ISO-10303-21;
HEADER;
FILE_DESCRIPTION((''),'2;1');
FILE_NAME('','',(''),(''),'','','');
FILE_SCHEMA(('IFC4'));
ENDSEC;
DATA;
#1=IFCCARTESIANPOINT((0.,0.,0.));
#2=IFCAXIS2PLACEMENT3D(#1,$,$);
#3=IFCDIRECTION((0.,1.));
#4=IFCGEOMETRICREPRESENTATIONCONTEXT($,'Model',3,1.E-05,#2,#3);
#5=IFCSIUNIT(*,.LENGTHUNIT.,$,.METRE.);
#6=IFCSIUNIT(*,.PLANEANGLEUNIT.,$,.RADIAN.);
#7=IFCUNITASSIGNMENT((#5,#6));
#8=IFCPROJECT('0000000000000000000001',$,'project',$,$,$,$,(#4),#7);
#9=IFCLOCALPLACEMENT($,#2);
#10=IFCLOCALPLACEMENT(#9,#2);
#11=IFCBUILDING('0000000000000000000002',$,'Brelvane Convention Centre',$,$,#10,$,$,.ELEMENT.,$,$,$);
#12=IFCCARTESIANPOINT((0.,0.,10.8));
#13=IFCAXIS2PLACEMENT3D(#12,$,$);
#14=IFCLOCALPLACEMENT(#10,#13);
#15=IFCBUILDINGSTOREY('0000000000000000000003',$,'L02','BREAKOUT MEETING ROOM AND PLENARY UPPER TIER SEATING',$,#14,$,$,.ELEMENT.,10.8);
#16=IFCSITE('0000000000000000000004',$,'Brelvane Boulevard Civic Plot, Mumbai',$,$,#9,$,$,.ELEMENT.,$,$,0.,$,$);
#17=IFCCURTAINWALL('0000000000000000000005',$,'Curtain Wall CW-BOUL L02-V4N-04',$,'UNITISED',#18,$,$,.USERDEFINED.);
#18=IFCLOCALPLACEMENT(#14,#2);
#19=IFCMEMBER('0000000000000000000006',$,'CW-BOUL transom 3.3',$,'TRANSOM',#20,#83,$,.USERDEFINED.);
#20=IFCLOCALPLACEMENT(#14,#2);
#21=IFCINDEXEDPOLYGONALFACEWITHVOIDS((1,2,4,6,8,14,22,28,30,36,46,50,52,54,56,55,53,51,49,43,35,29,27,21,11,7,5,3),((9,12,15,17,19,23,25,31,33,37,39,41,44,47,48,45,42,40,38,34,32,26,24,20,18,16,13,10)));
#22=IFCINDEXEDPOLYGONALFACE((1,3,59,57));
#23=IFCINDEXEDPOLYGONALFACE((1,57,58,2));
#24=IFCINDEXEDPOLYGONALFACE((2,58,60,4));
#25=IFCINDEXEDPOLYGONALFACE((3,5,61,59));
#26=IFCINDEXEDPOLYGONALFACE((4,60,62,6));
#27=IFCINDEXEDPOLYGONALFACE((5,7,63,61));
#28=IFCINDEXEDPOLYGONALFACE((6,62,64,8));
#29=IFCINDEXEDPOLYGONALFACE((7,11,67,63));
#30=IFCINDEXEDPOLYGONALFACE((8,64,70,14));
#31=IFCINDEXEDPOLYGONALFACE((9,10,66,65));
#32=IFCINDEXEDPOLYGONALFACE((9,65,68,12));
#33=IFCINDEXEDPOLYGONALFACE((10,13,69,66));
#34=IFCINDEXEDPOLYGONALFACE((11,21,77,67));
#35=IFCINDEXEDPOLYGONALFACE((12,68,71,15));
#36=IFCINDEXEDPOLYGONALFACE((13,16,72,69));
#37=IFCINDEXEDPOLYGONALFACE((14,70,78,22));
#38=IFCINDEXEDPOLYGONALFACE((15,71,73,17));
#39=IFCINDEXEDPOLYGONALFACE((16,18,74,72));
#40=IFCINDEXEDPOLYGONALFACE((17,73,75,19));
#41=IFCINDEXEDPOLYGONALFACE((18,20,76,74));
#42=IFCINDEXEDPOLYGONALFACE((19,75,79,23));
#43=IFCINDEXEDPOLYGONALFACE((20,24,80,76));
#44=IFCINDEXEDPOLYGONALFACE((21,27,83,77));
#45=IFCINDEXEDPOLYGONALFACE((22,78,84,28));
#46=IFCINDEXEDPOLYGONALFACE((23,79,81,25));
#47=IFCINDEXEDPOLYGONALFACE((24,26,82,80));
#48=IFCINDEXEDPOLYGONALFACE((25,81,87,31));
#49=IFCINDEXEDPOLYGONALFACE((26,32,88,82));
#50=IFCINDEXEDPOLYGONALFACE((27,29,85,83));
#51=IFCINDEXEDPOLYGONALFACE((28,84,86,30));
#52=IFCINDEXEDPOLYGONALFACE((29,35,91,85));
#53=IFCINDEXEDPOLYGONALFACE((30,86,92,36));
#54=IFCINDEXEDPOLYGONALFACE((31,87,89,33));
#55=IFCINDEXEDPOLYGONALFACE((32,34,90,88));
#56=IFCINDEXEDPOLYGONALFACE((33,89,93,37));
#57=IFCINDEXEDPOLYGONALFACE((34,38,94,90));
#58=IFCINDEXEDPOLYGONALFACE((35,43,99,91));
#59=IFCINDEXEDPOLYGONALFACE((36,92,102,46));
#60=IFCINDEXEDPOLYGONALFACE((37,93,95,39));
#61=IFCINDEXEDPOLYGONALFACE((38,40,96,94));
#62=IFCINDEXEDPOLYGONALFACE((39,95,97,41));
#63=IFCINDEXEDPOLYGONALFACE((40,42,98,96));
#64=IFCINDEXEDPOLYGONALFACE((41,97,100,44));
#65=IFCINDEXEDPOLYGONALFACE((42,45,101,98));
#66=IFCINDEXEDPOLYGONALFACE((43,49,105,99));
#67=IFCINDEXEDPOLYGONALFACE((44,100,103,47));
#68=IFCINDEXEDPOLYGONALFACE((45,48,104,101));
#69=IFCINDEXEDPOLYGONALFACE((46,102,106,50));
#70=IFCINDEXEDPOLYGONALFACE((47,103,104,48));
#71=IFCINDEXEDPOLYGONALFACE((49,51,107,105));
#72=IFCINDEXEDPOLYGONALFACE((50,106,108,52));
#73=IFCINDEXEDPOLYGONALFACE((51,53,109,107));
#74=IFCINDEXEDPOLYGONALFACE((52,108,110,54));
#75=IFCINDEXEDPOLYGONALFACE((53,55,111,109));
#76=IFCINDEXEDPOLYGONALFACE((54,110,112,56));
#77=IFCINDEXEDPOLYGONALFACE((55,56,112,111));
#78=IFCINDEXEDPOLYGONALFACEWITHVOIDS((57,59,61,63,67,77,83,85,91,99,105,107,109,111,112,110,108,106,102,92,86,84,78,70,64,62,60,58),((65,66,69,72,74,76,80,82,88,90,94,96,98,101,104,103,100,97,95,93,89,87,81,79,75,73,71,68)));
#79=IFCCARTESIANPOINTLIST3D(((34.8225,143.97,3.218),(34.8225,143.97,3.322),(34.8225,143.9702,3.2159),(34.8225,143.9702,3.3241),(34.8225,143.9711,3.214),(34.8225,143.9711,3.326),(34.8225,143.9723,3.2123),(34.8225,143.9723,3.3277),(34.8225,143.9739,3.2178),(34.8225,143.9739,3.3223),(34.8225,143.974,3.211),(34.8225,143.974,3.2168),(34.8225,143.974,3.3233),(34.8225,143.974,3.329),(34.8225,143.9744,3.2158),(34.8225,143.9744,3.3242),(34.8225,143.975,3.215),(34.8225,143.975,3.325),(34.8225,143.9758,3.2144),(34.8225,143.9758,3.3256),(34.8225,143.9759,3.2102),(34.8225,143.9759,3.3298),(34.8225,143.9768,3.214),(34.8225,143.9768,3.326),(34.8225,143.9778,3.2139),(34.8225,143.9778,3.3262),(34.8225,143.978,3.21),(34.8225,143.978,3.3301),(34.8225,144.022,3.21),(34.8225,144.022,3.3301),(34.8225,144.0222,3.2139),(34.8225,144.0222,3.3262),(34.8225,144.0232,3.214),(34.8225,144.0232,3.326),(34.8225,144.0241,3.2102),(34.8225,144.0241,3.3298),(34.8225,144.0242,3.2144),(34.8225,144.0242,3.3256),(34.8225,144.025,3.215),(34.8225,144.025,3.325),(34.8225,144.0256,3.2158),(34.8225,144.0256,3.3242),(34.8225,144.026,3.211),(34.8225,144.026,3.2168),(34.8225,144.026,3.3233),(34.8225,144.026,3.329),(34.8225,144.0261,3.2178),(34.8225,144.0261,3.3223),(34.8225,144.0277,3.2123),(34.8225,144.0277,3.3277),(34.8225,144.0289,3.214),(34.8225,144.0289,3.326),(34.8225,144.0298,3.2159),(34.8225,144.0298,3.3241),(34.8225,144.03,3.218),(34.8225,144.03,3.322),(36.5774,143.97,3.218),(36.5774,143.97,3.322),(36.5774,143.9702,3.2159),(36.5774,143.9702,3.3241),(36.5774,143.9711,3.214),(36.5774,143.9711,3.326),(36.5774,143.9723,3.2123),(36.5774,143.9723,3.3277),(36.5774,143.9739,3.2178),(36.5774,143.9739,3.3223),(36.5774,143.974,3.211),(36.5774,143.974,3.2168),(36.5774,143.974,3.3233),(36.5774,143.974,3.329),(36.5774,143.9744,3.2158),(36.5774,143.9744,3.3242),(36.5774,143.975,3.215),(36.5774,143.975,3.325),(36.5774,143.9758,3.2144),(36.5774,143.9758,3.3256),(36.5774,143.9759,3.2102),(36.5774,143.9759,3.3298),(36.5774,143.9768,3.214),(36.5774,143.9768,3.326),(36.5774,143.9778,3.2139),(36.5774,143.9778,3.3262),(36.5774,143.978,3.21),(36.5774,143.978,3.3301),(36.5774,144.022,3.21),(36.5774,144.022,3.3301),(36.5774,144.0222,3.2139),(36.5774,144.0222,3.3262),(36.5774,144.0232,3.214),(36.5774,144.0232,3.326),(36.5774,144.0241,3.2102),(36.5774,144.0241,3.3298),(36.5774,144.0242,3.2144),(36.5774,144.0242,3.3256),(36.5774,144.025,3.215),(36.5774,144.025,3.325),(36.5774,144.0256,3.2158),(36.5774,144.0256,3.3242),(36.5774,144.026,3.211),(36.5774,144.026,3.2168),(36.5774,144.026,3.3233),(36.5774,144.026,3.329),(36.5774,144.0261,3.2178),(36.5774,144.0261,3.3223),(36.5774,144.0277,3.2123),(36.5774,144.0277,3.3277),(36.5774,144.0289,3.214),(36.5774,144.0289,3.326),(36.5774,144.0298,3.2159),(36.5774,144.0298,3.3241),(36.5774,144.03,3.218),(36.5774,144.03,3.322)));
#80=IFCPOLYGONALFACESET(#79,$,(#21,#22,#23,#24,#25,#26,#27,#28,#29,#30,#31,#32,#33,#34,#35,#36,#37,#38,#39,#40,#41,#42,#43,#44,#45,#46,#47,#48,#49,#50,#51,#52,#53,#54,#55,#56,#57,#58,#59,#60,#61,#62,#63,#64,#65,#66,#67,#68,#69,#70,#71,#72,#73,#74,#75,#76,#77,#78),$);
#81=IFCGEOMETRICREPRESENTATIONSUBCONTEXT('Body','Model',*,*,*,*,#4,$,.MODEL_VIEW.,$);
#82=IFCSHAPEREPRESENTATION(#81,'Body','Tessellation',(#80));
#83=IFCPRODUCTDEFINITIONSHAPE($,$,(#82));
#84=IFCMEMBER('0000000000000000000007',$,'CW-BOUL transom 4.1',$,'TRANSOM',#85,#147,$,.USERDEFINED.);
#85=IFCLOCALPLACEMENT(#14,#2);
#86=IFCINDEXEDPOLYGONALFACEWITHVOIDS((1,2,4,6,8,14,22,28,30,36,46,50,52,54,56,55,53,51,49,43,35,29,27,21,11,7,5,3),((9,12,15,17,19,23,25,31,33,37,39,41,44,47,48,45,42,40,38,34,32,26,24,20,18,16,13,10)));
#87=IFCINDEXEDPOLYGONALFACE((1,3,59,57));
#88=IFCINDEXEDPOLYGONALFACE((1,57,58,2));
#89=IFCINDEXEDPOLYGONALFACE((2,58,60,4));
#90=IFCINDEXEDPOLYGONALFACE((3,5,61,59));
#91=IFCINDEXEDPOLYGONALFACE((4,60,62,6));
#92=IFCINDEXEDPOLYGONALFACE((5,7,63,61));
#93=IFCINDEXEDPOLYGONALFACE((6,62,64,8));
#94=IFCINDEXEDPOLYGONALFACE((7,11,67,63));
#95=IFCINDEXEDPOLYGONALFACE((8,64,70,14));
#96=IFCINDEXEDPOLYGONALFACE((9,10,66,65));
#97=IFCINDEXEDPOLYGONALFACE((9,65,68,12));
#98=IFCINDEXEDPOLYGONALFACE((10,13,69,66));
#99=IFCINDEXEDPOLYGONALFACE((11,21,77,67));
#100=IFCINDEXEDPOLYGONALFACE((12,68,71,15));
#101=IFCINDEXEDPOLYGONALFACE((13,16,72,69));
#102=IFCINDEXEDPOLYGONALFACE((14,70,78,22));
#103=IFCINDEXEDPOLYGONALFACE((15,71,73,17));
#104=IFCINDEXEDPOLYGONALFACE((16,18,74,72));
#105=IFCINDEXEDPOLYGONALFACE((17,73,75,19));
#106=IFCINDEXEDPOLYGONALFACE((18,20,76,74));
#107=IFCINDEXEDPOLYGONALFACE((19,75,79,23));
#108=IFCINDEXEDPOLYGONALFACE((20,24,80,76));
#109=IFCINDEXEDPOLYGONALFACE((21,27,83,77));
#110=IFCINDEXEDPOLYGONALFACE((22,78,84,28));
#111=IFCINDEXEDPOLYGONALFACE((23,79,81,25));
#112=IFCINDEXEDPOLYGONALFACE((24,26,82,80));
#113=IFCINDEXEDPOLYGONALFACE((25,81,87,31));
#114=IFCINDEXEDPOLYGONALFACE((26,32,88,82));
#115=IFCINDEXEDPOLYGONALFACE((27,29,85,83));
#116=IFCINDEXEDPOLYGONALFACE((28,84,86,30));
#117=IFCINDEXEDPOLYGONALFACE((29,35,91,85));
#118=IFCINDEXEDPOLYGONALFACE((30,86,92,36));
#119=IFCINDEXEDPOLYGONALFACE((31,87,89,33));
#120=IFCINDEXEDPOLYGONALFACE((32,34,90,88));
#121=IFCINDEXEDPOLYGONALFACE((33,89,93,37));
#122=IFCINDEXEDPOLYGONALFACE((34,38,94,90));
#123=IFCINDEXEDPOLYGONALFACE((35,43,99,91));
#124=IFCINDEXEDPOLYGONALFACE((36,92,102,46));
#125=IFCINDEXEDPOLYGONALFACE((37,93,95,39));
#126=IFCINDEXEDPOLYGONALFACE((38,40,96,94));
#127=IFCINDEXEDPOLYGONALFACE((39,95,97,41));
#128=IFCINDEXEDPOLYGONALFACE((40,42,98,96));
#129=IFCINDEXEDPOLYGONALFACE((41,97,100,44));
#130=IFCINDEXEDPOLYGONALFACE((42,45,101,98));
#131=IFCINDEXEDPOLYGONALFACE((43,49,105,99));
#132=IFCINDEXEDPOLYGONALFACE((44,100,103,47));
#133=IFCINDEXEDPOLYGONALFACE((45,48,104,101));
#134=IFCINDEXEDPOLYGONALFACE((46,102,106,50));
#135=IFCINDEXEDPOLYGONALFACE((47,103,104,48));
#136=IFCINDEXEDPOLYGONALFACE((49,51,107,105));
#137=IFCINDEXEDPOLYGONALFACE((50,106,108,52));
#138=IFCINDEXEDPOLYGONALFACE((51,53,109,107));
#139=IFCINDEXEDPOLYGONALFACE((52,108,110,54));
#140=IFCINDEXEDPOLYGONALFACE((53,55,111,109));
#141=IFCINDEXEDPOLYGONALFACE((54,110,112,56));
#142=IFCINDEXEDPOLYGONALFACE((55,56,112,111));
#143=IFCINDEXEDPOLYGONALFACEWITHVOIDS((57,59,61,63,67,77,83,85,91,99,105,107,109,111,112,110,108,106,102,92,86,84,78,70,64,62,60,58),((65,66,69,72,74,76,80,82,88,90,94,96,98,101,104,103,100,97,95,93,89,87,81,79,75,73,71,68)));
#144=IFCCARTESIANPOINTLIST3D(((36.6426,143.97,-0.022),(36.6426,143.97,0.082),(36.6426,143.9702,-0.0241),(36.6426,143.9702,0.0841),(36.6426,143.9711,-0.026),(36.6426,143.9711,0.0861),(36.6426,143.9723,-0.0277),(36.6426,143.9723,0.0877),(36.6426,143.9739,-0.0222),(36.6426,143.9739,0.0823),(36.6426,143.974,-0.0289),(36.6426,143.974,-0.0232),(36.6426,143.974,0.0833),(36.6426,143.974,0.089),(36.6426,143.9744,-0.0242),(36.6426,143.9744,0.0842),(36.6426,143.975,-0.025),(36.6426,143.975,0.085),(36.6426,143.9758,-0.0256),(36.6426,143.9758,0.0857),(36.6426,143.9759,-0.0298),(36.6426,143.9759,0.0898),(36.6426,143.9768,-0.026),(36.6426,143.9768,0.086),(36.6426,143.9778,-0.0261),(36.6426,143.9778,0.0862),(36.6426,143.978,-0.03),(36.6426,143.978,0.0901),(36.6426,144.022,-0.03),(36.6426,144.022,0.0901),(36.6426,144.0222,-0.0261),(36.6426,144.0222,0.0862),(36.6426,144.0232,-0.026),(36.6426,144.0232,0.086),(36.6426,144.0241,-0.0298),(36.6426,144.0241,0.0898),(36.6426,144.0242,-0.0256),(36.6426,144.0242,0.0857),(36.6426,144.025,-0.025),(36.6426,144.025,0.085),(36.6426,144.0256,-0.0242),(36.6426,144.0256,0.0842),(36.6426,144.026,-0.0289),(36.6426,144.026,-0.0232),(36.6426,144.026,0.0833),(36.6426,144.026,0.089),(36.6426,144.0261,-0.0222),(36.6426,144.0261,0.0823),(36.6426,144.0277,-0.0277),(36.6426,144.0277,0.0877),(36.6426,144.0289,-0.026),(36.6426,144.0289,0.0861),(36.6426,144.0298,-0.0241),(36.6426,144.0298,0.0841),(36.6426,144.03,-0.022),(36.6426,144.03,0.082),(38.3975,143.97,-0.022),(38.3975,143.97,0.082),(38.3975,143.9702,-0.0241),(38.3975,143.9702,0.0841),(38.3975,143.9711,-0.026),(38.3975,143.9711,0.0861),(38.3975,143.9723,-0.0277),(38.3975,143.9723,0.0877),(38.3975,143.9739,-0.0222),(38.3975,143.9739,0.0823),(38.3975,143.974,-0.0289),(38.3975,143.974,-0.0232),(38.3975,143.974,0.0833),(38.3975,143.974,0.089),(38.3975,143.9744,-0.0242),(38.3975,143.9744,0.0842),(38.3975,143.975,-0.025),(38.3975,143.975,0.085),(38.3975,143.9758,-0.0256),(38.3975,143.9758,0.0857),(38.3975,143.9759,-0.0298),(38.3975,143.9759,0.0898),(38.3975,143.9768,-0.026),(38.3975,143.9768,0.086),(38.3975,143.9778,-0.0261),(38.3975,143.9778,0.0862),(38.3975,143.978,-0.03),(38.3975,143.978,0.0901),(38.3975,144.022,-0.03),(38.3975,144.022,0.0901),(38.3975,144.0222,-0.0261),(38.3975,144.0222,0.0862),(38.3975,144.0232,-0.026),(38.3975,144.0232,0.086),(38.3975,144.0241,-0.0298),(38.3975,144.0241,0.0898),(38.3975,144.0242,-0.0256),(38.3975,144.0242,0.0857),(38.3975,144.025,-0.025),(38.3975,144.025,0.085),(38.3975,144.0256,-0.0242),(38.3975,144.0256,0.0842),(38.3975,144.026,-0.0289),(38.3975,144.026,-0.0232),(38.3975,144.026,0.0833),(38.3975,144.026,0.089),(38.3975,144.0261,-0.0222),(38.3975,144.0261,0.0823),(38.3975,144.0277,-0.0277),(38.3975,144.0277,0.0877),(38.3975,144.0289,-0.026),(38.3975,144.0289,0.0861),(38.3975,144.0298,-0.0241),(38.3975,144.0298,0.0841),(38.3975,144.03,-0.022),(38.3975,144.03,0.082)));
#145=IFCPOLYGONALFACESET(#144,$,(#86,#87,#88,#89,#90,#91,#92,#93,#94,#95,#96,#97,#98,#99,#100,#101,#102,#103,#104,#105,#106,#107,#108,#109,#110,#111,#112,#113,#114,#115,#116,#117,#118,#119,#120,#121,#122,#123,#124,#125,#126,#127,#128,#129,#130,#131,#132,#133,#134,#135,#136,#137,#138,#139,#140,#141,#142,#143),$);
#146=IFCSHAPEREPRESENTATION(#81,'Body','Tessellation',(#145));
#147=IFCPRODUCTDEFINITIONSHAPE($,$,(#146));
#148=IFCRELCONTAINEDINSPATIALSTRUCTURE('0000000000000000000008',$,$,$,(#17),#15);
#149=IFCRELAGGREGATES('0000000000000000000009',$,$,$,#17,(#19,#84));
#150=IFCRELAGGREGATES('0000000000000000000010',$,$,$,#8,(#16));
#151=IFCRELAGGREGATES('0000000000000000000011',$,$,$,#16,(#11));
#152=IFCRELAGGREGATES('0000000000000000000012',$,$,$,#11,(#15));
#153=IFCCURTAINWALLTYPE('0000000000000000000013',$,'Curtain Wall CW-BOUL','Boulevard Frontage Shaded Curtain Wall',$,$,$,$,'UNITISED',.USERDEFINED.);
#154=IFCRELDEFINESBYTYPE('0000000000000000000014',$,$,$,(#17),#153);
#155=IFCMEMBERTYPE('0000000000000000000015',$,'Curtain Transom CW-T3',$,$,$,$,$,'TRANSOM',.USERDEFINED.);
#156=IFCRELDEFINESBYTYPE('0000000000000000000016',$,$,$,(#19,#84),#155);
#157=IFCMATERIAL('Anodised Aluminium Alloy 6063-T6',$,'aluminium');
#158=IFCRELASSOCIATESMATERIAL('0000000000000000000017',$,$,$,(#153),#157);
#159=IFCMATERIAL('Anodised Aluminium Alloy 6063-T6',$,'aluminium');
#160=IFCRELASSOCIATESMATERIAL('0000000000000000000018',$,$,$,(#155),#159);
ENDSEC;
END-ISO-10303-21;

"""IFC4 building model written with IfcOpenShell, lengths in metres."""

from ifc_helpers import new_model, si_unit, direction, frame, origin, origin_2d, place, context, subcontext, project, spatial, hollow_rectangle, extrude, material, material_profile, profile_set, type_object, element, aggregate, save


model = new_model("IFC4")

# Units and contexts
model_context = context("Model", 3, precision=1e-05, world=origin(), true_north=direction((0.0, 1.0)))
body_context = subcontext(model_context, "Body", "Model", "MODEL_VIEW")
ifc_project = project(units=[si_unit("LENGTHUNIT", "METRE"), si_unit("PLANEANGLEUNIT", "RADIAN")], contexts=[model_context])

# Site, building, storey
site_placement = place(None, origin())
site = spatial("IfcSite", under=ifc_project, at=site_placement, Name="Brelvane Boulevard Civic Plot, Mumbai", CompositionType="ELEMENT", RefElevation=0.0)
building_placement = place(site_placement, origin())
building = spatial("IfcBuilding", under=site, at=building_placement, Name="Brelvane Convention Centre", CompositionType="ELEMENT")
storey_placement = place(building_placement, frame((0.0, 0.0, 10.8)))
storey = spatial("IfcBuildingStorey", under=building, at=storey_placement, Name="L02", Description="BREAKOUT MEETING ROOM AND PLENARY UPPER TIER SEATING", CompositionType="ELEMENT", Elevation=10.8)

# Curtain wall, members
ifc_material_1 = material(Name="Anodised Aluminium Alloy 6063-T6", Category="aluminium")
curtain_wall_type = type_object("IfcCurtainWallType", Name="Curtain Wall CW-BOUL", Description="Boulevard Frontage Shaded Curtain Wall", ElementType="UNITISED", PredefinedType="USERDEFINED", material=ifc_material_1)
curtain_wall_placement = place(storey_placement, origin())
curtain_wall = element("IfcCurtainWall", 1, at=curtain_wall_placement, inside=storey, type_object=curtain_wall_type, Name="Curtain Wall CW-BOUL L02-V4N-04", ObjectType="UNITISED", PredefinedType="USERDEFINED")
ifc_material_2 = material(Name="Anodised Aluminium Alloy 6063-T6", Category="aluminium")
ifc_material_profile_1 = material_profile(ifc_material_2, hollow_rectangle(XDim=0.0601, YDim=0.1201, WallThickness=0.0039, InnerFilletRadius=0.0039, OuterFilletRadius=0.0081, at=origin_2d()), Name="ALU-T 120x60x4.0")
ifc_profile_set_1 = profile_set([ifc_material_profile_1], Name="Anodised Aluminium Alloy 6063-T6")
member_type_1 = type_object("IfcMemberType", Name="Curtain Transom CW-T3", ElementType="TRANSOM", PredefinedType="USERDEFINED", material=ifc_profile_set_1)
member_1_placement = place(storey_placement, frame((34.8225, 144.0, 3.27), z_axis=(1.0, 0.0, 0.0), x_axis=(0.0, 1.0, 0.0)))
member_1 = element("IfcMember", 2, at=member_1_placement, type_object=member_type_1, Name="CW-BOUL transom 3.3", ObjectType="TRANSOM", PredefinedType="USERDEFINED", context=body_context, shape_type="SweptSolid", body=[
    extrude(hollow_rectangle(XDim=0.0601, YDim=0.1201, WallThickness=0.0039, InnerFilletRadius=0.0039, OuterFilletRadius=0.0081, at=origin_2d()), origin(), (0.0, 0.0, 1.0), 1.7549),
])
member_2_placement = place(storey_placement, frame((36.6426, 144.0, 0.03), z_axis=(1.0, 0.0, 0.0), x_axis=(0.0, 1.0, 0.0)))
member_2 = element("IfcMember", 3, at=member_2_placement, type_object=member_type_1, Name="CW-BOUL transom 4.1", ObjectType="TRANSOM", PredefinedType="USERDEFINED", context=body_context, shape_type="SweptSolid", body=[
    extrude(hollow_rectangle(XDim=0.0601, YDim=0.1201, WallThickness=0.0039, InnerFilletRadius=0.0039, OuterFilletRadius=0.0081, at=origin_2d()), origin(), (0.0, 0.0, 1.0), 1.7549),
])

aggregate(curtain_wall, [member_1, member_2])

save(model, "model.ifc")
